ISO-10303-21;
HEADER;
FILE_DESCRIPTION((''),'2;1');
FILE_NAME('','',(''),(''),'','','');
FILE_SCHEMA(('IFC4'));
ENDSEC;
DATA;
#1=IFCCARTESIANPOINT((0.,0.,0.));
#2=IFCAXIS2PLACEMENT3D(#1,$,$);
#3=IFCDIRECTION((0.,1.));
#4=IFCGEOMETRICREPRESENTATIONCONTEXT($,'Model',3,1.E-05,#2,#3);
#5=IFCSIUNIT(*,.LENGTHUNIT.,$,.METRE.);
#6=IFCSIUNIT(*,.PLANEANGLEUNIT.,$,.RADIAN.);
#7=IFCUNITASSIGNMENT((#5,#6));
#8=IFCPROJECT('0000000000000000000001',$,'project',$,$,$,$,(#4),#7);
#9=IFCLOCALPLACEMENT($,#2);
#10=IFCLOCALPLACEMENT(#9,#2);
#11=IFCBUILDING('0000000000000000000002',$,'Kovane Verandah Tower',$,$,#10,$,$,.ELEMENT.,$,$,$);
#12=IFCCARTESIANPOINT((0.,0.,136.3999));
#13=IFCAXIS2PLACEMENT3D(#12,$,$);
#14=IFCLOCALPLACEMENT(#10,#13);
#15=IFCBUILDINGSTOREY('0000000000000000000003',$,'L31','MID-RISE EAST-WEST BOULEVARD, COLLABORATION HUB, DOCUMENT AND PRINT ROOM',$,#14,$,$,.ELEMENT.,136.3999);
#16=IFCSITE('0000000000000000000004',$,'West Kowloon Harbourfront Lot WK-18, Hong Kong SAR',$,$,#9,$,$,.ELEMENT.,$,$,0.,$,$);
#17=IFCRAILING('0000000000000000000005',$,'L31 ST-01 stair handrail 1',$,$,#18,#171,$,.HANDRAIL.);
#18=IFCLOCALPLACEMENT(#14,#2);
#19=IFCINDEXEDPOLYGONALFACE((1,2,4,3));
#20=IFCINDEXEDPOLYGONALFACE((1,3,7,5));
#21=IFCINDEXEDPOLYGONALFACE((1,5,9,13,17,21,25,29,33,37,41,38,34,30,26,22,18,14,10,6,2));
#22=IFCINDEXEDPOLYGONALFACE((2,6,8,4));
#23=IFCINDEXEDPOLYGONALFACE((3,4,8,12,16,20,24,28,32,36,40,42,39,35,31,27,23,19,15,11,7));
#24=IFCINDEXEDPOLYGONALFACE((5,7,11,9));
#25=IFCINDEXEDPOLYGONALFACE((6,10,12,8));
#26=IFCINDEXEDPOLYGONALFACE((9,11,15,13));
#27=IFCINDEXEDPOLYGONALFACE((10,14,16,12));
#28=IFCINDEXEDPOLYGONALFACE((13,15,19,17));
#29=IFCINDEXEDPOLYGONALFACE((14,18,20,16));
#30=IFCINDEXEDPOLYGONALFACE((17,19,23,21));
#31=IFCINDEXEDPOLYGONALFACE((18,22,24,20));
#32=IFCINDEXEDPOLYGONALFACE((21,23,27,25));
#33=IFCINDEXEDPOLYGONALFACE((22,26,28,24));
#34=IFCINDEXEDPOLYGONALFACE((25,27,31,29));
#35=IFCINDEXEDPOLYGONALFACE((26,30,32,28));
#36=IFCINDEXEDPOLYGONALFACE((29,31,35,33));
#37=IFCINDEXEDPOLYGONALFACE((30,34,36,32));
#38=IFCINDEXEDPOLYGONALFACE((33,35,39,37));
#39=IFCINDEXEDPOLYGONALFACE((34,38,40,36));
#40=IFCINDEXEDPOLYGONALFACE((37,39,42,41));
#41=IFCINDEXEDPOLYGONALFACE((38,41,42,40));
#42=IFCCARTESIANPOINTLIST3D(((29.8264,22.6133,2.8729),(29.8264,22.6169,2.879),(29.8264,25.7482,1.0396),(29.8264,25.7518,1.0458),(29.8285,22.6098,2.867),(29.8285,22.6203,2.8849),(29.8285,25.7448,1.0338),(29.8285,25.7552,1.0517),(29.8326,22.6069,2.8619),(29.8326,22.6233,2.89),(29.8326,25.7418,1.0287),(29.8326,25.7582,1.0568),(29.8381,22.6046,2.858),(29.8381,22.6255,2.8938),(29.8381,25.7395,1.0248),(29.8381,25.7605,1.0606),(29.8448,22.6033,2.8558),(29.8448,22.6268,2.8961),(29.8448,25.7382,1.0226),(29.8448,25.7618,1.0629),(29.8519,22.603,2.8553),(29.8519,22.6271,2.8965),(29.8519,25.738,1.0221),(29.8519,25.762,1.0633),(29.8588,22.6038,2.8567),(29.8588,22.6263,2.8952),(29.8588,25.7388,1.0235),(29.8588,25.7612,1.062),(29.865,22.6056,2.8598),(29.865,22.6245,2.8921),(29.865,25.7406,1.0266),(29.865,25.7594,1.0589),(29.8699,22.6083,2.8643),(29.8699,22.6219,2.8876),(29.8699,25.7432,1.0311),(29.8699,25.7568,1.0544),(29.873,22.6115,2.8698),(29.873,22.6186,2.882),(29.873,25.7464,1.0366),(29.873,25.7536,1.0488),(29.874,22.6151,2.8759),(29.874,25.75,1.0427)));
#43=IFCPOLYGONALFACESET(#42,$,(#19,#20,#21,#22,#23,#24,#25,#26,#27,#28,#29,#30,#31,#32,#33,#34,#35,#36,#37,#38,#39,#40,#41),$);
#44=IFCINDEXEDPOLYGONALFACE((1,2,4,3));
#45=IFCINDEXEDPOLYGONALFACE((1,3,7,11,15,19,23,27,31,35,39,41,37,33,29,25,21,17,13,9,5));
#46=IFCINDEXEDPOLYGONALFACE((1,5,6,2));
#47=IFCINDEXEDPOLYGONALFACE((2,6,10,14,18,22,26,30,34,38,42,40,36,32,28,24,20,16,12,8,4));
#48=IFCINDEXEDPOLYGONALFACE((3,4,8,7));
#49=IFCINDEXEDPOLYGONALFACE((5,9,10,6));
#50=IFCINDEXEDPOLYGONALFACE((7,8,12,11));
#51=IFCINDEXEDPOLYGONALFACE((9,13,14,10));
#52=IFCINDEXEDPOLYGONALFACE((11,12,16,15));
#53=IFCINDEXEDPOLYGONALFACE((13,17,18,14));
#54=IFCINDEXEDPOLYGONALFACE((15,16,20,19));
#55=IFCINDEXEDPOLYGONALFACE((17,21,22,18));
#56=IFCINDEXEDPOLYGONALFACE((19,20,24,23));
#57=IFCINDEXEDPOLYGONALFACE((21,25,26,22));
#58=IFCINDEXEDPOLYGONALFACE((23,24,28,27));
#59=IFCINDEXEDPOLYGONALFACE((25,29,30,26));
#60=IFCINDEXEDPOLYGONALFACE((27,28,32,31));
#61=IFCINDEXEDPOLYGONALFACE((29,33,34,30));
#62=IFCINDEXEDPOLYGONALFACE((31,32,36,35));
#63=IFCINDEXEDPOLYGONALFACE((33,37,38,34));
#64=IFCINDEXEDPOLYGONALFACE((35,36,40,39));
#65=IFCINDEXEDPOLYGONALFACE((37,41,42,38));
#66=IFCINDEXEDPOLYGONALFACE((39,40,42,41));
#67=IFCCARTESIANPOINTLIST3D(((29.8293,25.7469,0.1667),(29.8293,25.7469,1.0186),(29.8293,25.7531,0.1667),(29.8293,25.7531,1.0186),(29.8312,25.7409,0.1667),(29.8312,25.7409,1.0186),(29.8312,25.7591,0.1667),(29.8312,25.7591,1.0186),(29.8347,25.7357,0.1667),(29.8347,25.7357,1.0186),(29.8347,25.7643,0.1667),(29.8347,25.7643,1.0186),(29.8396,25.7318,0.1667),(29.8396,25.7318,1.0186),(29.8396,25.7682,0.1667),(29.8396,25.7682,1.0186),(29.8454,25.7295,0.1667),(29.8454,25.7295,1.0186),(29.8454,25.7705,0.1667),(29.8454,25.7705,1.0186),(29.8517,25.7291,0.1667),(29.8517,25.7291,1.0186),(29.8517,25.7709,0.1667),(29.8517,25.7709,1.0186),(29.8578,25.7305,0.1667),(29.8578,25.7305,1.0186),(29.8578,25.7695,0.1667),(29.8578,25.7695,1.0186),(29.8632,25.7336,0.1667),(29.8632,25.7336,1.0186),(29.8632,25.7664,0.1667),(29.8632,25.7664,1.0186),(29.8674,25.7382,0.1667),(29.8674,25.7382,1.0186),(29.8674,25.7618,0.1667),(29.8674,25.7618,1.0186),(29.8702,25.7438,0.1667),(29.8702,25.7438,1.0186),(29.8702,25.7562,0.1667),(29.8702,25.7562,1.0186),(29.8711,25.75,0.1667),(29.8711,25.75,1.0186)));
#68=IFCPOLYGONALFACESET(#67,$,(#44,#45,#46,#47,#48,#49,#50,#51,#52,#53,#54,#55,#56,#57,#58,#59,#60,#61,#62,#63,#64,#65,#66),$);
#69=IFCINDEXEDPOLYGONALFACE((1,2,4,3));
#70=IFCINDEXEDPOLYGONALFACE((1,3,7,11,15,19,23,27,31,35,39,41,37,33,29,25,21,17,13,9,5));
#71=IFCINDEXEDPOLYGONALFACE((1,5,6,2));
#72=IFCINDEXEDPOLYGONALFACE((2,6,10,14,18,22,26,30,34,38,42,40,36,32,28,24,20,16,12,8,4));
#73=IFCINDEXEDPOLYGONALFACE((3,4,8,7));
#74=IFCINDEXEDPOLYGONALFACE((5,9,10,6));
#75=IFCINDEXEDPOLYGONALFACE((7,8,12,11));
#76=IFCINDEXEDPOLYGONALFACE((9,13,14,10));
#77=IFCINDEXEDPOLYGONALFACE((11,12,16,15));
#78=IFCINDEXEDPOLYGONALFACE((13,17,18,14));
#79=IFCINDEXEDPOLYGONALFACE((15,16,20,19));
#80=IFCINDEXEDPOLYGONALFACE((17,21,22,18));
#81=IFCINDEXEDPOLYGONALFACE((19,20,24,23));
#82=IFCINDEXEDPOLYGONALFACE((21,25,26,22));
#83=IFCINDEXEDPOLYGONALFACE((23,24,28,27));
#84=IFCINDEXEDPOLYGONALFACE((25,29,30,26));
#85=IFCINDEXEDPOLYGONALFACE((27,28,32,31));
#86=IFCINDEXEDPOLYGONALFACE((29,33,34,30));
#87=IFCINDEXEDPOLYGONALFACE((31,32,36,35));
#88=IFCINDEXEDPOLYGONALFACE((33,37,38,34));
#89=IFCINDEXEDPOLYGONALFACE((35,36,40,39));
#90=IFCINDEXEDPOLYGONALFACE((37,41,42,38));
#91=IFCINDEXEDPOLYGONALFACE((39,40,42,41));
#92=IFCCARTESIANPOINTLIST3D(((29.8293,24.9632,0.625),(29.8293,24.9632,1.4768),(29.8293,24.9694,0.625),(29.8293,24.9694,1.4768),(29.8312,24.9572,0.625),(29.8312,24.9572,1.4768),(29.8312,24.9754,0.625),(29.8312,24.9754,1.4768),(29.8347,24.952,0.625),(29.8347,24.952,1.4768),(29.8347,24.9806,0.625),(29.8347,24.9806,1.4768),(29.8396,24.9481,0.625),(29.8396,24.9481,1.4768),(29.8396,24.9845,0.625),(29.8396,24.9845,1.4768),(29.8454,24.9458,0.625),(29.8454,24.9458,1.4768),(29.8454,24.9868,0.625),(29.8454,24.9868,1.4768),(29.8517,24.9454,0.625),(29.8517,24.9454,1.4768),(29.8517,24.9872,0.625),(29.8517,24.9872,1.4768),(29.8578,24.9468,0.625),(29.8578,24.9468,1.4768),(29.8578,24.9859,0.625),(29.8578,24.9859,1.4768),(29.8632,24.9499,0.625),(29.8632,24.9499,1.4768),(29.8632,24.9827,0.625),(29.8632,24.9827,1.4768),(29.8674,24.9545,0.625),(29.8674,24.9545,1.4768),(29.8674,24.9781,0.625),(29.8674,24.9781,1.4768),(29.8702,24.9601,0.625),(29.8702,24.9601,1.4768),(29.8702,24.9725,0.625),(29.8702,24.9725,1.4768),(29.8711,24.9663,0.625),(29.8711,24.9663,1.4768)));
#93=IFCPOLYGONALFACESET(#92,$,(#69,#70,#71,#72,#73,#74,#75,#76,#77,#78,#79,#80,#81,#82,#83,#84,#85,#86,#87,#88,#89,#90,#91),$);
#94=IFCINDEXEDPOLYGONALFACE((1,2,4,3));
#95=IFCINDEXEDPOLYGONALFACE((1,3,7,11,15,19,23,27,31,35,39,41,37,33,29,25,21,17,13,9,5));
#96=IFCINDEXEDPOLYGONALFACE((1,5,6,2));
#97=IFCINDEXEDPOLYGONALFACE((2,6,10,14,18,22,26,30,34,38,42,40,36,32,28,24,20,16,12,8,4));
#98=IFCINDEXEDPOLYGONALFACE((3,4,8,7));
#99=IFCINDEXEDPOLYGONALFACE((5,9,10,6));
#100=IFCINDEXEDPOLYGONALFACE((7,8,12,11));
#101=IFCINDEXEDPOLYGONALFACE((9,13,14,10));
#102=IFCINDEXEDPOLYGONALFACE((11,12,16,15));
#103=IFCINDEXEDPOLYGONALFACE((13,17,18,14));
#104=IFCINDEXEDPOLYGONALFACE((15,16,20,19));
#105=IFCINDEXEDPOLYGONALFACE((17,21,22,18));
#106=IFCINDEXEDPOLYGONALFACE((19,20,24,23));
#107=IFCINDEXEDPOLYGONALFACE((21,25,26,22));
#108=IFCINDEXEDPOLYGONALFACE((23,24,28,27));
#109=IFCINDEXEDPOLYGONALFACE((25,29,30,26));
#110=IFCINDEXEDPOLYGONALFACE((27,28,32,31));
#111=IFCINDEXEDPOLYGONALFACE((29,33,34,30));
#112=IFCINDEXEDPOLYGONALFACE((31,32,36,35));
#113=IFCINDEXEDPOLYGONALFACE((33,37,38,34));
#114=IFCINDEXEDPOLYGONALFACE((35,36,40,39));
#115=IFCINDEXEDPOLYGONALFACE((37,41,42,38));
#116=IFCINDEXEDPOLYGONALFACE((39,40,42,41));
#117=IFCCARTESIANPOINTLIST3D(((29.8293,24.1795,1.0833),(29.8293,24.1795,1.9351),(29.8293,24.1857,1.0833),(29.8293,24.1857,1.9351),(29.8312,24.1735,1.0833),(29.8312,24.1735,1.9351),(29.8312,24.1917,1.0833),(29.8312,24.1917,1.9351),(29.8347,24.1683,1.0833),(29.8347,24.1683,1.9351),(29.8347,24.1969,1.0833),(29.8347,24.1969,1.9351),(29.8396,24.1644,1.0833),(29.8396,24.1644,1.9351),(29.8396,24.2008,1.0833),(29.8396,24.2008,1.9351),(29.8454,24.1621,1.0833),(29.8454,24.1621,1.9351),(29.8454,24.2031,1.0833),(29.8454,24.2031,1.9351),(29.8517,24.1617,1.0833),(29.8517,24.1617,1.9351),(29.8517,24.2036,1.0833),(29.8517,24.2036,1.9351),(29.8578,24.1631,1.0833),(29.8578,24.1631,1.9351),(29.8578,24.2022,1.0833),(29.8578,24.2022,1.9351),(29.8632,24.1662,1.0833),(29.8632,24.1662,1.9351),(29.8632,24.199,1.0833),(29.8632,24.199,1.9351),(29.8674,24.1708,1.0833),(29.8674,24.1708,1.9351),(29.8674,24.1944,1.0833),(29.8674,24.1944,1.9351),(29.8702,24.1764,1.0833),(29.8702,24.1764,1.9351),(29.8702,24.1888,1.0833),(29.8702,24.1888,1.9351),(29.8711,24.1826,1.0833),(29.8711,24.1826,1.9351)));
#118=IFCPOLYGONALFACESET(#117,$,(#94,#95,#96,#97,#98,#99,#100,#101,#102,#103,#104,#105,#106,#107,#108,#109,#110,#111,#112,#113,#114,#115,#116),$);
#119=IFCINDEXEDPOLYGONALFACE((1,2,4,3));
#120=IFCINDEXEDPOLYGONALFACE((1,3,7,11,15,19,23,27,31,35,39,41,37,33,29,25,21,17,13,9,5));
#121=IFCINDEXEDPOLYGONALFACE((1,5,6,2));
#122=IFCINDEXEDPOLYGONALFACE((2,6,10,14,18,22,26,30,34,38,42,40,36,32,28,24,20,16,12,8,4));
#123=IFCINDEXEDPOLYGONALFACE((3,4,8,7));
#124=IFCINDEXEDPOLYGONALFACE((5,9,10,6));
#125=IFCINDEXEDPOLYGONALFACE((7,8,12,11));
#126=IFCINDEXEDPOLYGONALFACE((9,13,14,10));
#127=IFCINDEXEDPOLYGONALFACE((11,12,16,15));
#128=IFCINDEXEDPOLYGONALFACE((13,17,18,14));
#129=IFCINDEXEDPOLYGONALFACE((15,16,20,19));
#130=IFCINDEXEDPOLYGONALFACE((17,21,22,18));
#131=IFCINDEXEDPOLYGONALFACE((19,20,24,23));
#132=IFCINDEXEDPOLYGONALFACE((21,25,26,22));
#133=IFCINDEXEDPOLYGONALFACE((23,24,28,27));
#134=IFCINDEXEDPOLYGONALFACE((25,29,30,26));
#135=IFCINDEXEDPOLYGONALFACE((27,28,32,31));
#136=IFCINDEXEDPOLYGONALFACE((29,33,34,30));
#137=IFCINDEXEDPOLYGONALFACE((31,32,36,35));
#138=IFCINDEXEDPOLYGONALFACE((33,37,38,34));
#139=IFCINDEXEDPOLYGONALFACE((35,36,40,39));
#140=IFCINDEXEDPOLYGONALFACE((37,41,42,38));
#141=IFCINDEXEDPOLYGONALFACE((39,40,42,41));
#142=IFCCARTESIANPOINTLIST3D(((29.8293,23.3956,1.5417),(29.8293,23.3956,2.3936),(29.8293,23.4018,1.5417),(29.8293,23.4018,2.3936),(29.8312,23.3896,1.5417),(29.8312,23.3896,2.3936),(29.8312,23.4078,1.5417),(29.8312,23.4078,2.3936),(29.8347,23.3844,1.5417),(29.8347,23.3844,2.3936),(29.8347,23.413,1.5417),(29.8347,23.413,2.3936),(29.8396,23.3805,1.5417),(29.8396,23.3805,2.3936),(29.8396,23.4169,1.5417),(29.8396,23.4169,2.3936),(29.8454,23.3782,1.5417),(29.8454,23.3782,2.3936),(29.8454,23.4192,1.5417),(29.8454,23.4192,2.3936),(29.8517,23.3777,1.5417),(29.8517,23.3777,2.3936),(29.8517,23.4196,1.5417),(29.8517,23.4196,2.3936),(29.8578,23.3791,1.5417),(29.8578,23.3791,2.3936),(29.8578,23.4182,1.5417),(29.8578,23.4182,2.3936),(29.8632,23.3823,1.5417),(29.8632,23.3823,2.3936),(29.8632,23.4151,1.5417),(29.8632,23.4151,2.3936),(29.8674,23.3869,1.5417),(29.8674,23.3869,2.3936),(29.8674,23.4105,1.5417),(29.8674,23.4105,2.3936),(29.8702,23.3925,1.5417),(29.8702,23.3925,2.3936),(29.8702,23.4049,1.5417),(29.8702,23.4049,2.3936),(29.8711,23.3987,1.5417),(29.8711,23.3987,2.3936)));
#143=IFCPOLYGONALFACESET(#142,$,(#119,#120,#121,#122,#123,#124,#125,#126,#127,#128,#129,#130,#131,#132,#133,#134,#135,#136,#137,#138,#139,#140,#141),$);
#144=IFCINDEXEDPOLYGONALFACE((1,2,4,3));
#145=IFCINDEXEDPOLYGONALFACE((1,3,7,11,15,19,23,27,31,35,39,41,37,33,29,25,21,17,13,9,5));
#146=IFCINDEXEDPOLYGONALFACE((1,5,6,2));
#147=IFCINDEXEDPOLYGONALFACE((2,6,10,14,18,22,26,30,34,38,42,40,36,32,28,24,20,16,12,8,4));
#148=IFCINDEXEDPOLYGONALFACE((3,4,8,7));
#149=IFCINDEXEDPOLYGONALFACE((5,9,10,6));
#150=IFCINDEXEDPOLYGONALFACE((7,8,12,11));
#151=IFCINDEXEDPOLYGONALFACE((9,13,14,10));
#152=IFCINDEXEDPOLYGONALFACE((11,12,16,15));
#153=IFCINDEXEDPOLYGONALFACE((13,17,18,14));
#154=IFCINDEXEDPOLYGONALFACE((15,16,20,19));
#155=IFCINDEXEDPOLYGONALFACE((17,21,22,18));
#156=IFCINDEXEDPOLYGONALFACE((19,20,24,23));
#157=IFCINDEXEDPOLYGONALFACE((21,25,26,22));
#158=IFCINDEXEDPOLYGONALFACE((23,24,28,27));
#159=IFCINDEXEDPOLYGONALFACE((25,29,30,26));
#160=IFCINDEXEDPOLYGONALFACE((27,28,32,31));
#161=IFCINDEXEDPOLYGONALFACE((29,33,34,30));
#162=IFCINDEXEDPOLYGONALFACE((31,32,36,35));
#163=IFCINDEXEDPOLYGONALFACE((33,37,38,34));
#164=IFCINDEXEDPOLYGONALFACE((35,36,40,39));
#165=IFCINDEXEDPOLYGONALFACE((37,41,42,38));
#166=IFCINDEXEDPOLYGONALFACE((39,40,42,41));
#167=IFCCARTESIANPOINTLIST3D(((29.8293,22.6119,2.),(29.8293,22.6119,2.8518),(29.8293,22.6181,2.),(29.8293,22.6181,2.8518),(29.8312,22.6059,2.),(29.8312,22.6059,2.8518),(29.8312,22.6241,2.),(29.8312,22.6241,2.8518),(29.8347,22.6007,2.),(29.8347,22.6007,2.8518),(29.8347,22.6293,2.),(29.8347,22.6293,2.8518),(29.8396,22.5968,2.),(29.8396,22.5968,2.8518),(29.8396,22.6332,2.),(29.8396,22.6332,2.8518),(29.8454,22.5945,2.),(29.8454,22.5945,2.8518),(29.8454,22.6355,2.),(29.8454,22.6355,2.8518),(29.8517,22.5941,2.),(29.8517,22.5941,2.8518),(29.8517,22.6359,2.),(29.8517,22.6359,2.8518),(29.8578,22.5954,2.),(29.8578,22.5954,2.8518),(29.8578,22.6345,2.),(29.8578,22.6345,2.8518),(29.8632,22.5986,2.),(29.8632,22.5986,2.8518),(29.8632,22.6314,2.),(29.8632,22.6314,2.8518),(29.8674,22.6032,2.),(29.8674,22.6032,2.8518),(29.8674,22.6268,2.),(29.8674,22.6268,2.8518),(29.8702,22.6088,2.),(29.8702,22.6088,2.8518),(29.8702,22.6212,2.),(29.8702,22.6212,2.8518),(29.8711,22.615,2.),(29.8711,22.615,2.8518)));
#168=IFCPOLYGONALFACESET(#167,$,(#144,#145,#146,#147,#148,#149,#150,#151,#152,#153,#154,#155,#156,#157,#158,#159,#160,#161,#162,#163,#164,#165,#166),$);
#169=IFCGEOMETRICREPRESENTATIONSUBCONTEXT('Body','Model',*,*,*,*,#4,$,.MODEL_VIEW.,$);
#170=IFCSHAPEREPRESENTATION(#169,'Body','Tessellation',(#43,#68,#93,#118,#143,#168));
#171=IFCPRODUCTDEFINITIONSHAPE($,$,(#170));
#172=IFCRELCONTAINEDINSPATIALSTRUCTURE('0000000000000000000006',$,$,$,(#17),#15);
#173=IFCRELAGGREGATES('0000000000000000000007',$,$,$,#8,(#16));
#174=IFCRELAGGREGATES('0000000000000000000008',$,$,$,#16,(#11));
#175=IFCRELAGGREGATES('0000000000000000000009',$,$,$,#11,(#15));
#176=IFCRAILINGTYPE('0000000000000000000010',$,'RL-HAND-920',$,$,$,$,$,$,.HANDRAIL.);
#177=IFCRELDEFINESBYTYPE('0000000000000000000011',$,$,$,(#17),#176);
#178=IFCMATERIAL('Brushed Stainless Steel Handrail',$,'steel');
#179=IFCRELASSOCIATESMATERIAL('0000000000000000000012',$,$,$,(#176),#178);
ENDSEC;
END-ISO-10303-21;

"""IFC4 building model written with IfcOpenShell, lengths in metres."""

from ifc_helpers import new_model, si_unit, direction, frame, origin, origin_2d, place, context, subcontext, project, spatial, circle, extrude, material, type_object, element, save


model = new_model("IFC4")

# Units and contexts
model_context = context("Model", 3, precision=1e-05, world=origin(), true_north=direction((0.0, 1.0)))
body_context = subcontext(model_context, "Body", "Model", "MODEL_VIEW")
ifc_project = project(units=[si_unit("LENGTHUNIT", "METRE"), si_unit("PLANEANGLEUNIT", "RADIAN")], contexts=[model_context])

# Site, building, storey
site_placement = place(None, origin())
site = spatial("IfcSite", under=ifc_project, at=site_placement, Name="West Kowloon Harbourfront Lot WK-18, Hong Kong SAR", CompositionType="ELEMENT", RefElevation=0.0)
building_placement = place(site_placement, origin())
building = spatial("IfcBuilding", under=site, at=building_placement, Name="Kovane Verandah Tower", CompositionType="ELEMENT")
storey_placement = place(building_placement, frame((0.0, 0.0, 136.3999)))
storey = spatial("IfcBuildingStorey", under=building, at=storey_placement, Name="L31", Description="MID-RISE EAST-WEST BOULEVARD, COLLABORATION HUB, DOCUMENT AND PRINT ROOM", CompositionType="ELEMENT", Elevation=136.3999)

# Railing
ifc_material_1 = material(Name="Brushed Stainless Steel Handrail", Category="steel")
railing_type_1 = type_object("IfcRailingType", Name="RL-HAND-920", PredefinedType="HANDRAIL", material=ifc_material_1)
railing_1_placement = place(storey_placement, frame((29.8501, 25.75, 0.1667)))
element("IfcRailing", 1, at=railing_1_placement, inside=storey, type_object=railing_type_1, Name="L31 ST-01 stair handrail 1", PredefinedType="HANDRAIL", context=body_context, shape_type="SweptSolid", body=[
    extrude(circle(Radius=0.0239, at=origin_2d()), frame((0.0, 0.0, 0.876), z_axis=(0.0, -0.86324, 0.504794), x_axis=(1.0, 0.0, 0.0)), (0.0, 0.0, 1.0), 3.6316),
    extrude(circle(Radius=0.021, at=origin_2d()), origin(), (0.0, 0.0, 1.0), 0.8518),
    extrude(circle(Radius=0.021, at=origin_2d()), frame((0.0, -0.7837, 0.4583)), (0.0, 0.0, 1.0), 0.8518),
    extrude(circle(Radius=0.021, at=origin_2d()), frame((0.0, -1.5674, 0.9165)), (0.0, 0.0, 1.0), 0.8518),
    extrude(circle(Radius=0.021, at=origin_2d()), frame((0.0, -2.3513, 1.375)), (0.0, 0.0, 1.0), 0.8518),
    extrude(circle(Radius=0.021, at=origin_2d()), frame((0.0, -3.135, 1.8333)), (0.0, 0.0, 1.0), 0.8518),
])

save(model, "model.ifc")
